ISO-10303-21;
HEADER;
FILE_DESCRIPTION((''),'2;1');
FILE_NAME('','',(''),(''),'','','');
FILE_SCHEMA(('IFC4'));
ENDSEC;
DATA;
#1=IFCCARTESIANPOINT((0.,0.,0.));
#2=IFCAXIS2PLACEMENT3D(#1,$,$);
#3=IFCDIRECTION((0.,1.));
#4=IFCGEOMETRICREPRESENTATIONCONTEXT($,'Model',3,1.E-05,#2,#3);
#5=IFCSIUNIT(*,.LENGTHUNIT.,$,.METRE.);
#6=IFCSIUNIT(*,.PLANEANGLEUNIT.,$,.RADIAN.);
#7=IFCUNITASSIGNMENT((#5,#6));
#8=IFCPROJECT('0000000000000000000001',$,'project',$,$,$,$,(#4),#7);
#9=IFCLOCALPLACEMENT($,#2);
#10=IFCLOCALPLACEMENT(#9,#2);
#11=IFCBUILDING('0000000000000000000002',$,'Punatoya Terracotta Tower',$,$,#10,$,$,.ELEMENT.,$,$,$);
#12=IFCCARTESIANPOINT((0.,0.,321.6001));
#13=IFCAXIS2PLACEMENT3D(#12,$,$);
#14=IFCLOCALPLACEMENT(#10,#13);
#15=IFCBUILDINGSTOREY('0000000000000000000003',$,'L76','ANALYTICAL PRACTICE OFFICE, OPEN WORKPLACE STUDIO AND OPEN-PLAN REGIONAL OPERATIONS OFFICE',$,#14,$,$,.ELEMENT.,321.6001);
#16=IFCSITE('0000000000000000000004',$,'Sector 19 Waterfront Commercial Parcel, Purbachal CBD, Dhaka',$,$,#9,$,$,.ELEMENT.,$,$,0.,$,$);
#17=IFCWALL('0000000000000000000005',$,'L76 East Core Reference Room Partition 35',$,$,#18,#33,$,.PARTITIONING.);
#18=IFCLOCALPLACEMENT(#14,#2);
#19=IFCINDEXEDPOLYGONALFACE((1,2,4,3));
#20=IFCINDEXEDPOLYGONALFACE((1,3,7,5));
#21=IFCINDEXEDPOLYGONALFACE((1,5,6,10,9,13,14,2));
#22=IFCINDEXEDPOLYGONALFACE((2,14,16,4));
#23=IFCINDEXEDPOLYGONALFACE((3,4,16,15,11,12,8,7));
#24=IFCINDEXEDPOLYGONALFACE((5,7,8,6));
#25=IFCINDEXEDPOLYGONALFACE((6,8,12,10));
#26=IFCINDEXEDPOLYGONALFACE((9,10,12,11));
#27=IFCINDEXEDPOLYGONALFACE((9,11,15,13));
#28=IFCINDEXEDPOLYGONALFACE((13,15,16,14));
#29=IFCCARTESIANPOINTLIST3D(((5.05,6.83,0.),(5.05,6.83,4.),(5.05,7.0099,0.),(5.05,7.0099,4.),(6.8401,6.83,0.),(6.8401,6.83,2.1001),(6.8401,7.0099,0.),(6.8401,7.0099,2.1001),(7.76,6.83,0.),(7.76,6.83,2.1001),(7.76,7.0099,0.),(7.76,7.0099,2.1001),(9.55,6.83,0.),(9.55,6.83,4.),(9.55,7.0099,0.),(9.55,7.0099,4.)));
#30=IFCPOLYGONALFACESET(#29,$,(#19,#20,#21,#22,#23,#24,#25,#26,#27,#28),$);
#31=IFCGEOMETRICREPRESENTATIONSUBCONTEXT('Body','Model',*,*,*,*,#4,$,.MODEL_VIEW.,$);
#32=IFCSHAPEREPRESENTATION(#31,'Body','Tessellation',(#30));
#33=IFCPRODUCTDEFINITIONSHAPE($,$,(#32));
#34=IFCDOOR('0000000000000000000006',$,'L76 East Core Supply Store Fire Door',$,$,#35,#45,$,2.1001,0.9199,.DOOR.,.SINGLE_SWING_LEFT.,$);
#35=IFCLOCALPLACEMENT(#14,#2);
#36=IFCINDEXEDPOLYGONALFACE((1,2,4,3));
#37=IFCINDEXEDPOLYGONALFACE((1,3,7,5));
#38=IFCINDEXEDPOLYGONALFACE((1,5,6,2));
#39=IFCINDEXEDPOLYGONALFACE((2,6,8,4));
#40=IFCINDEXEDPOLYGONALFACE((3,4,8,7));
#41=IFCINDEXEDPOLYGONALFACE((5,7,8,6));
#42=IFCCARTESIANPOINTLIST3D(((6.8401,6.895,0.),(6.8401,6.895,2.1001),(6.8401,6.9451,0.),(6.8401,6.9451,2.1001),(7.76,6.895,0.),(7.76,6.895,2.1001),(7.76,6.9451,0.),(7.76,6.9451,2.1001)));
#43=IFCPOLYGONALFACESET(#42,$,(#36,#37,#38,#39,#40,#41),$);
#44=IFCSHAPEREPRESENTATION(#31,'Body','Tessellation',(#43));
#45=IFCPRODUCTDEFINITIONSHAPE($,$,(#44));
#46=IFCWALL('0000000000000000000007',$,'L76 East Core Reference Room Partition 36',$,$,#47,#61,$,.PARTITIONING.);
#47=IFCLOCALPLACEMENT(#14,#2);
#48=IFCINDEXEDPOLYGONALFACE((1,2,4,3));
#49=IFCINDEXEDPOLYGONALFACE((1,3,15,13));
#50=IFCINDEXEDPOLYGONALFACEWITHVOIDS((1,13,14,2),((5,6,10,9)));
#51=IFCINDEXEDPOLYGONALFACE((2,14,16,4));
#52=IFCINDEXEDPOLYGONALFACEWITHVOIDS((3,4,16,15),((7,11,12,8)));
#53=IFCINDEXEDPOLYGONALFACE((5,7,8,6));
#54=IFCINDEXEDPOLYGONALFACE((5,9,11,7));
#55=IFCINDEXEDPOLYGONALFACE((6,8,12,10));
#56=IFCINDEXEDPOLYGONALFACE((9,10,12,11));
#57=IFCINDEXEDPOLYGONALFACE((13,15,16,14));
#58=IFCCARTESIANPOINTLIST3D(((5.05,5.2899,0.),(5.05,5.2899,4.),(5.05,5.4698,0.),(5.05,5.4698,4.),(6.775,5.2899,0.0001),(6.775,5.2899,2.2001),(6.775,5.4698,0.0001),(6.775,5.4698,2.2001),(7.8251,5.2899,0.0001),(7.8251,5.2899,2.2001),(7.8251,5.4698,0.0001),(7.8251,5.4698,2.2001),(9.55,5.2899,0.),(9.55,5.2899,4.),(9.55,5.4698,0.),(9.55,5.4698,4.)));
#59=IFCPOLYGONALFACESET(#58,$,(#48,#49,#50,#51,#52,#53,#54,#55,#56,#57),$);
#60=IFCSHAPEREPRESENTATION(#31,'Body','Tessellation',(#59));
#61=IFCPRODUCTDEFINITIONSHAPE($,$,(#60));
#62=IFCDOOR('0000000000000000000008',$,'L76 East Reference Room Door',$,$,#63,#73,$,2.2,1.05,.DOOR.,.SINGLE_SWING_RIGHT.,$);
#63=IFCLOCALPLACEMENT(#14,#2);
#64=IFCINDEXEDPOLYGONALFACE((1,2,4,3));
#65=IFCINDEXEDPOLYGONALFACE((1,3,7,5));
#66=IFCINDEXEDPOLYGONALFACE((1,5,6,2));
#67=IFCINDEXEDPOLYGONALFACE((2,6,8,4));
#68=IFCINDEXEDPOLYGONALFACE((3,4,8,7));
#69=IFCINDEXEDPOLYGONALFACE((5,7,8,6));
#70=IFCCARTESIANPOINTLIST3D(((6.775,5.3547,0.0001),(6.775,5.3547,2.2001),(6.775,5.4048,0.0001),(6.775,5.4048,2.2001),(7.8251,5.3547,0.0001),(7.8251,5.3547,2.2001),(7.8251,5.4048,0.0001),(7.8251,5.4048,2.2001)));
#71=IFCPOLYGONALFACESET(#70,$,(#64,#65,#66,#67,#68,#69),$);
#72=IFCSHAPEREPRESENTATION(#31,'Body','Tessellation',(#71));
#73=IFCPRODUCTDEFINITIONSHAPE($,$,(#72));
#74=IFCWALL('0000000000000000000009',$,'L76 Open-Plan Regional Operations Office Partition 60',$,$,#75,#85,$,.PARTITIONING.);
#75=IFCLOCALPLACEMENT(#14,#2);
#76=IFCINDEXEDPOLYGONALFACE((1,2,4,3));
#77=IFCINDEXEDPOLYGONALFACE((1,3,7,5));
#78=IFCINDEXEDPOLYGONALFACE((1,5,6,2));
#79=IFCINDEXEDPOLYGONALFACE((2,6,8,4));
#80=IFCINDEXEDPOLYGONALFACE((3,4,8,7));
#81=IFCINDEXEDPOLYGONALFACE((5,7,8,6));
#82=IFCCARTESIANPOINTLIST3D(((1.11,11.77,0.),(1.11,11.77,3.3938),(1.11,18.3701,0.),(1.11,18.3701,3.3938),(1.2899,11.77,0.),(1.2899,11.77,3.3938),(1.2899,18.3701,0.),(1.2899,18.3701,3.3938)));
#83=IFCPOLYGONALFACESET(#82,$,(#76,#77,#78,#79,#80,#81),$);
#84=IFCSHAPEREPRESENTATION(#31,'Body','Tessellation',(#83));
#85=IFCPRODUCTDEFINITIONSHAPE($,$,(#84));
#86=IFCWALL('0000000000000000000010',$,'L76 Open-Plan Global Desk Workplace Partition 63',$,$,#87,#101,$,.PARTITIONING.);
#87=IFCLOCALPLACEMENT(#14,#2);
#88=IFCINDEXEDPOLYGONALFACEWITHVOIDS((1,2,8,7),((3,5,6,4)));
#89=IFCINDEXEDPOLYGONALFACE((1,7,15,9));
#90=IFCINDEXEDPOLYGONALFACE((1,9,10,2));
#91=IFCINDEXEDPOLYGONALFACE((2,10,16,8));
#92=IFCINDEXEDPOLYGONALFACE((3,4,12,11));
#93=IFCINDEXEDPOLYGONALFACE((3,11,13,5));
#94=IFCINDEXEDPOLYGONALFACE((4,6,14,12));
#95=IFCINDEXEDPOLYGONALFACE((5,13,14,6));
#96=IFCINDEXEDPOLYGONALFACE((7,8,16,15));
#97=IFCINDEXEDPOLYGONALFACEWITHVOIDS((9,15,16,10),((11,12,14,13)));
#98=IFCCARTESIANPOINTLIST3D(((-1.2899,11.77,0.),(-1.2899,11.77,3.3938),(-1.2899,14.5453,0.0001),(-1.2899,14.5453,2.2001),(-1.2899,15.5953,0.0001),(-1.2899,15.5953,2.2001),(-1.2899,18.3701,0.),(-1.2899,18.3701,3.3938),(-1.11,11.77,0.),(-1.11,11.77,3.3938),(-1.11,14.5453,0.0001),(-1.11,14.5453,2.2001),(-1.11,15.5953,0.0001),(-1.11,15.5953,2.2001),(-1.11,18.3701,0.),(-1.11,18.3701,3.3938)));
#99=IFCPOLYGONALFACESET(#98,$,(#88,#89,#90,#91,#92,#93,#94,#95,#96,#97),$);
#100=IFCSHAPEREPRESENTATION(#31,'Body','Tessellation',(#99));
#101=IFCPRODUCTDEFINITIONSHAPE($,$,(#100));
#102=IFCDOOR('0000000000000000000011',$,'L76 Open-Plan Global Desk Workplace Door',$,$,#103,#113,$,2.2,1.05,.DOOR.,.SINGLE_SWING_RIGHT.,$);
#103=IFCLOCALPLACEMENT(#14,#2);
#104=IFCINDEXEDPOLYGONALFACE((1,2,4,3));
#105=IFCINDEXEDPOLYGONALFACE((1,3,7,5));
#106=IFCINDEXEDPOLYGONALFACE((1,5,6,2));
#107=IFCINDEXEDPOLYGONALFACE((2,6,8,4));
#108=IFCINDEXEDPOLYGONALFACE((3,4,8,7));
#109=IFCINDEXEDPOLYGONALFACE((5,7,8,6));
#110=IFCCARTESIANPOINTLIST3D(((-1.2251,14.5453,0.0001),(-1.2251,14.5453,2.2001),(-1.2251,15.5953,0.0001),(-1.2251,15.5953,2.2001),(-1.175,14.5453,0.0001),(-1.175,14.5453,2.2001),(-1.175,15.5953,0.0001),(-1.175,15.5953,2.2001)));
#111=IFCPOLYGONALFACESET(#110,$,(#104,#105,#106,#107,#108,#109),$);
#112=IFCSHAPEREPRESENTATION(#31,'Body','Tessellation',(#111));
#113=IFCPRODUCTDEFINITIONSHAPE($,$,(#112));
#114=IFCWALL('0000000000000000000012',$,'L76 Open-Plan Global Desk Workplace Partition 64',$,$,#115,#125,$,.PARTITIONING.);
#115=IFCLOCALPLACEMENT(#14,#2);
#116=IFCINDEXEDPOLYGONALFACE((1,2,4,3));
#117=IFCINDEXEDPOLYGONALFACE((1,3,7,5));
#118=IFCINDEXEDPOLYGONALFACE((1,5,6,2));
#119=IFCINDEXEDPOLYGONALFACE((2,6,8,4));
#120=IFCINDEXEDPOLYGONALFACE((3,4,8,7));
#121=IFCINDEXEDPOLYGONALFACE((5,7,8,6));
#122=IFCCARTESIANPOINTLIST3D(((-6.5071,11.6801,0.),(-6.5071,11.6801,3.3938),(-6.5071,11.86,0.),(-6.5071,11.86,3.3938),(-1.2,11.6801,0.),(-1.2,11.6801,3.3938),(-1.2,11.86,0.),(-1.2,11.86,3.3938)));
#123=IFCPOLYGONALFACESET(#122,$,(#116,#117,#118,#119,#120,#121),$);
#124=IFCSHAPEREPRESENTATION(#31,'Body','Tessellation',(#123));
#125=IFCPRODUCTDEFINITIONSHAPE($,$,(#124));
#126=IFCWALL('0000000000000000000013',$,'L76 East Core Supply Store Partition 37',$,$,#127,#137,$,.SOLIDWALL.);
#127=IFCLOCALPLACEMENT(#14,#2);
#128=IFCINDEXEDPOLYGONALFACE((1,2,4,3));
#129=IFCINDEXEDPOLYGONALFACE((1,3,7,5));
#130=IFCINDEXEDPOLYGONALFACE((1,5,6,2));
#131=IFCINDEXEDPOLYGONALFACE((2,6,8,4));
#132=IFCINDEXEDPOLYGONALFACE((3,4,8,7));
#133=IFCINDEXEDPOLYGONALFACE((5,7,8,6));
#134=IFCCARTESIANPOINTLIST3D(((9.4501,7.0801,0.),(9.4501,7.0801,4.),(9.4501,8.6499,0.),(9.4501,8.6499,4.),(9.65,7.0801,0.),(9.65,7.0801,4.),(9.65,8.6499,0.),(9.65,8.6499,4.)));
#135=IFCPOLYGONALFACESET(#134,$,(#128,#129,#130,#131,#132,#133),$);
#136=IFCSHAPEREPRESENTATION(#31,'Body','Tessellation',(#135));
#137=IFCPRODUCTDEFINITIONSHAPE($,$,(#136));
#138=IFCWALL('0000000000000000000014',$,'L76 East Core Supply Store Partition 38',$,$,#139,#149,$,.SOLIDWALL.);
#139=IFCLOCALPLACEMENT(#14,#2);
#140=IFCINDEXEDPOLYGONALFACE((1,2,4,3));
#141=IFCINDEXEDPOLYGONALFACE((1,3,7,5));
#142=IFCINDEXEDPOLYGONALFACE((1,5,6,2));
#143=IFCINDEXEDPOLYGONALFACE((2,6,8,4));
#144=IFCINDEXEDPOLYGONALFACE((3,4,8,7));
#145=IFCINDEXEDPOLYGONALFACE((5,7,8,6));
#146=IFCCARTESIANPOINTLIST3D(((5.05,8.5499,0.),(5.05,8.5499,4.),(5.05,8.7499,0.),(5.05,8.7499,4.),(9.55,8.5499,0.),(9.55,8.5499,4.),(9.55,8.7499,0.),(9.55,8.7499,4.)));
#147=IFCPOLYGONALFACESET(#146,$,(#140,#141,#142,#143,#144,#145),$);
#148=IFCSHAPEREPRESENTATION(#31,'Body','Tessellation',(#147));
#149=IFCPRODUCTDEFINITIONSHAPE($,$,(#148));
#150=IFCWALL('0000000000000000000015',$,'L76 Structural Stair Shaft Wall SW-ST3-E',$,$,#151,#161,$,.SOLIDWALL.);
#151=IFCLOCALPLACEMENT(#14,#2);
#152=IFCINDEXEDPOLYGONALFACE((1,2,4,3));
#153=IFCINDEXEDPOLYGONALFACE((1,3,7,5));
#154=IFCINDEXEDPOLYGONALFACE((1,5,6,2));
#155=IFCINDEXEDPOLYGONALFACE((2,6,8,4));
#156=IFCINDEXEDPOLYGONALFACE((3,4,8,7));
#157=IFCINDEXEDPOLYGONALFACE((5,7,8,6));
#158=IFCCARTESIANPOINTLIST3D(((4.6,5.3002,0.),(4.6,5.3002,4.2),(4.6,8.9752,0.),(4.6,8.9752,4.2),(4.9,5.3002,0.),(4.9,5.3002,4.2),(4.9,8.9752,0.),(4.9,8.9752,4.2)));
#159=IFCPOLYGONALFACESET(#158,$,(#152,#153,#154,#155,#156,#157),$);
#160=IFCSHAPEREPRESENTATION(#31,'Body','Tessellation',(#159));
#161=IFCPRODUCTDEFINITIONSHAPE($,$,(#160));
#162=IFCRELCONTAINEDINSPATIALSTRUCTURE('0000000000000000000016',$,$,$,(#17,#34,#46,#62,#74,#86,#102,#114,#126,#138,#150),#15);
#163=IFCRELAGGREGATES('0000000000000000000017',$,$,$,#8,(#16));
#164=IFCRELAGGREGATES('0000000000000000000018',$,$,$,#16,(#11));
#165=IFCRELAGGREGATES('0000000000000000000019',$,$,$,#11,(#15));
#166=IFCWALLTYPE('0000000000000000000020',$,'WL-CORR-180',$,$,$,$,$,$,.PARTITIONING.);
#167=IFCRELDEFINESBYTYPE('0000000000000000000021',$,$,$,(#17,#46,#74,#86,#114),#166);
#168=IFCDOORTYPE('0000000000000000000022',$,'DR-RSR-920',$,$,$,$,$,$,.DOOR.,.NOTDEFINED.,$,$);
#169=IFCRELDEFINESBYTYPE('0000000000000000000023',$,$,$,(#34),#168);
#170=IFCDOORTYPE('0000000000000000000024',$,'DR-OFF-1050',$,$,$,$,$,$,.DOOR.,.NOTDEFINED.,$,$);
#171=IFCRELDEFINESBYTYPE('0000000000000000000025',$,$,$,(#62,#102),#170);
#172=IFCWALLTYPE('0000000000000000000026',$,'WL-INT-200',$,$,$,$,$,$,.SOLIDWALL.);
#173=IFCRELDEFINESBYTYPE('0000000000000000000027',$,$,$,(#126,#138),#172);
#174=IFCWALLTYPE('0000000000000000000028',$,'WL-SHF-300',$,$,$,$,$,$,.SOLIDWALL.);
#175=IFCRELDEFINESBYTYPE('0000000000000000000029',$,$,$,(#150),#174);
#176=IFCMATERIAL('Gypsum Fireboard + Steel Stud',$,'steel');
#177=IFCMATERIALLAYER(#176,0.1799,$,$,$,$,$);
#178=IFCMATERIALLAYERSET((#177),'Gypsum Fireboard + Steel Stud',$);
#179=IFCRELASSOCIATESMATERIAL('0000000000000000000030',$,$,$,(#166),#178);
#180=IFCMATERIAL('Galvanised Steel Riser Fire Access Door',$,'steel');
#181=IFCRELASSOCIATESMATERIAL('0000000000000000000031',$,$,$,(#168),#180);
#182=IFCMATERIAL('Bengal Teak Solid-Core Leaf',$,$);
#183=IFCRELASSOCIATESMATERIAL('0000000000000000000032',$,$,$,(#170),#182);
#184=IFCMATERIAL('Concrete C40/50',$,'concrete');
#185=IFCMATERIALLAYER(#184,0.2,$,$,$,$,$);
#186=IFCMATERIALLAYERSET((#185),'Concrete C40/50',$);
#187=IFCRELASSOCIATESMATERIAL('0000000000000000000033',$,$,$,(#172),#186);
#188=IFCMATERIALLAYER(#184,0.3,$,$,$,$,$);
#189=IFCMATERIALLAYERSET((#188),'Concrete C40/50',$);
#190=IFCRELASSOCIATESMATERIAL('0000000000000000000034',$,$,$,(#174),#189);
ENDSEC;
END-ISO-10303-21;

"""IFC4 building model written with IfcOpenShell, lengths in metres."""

from ifc_helpers import new_model, si_unit, direction, frame, frame_2d, origin, place, context, subcontext, project, spatial, rectangle, extrude, material, layer, layer_set, type_object, element, fill, save


model = new_model("IFC4")

# Units and contexts
model_context = context("Model", 3, precision=1e-05, world=origin(), true_north=direction((0.0, 1.0)))
body_context = subcontext(model_context, "Body", "Model", "MODEL_VIEW")
ifc_project = project(units=[si_unit("LENGTHUNIT", "METRE"), si_unit("PLANEANGLEUNIT", "RADIAN")], contexts=[model_context])

# Site, building, storey
site_placement = place(None, origin())
site = spatial("IfcSite", under=ifc_project, at=site_placement, Name="Sector 19 Waterfront Commercial Parcel, Purbachal CBD, Dhaka", CompositionType="ELEMENT", RefElevation=0.0)
building_placement = place(site_placement, origin())
building = spatial("IfcBuilding", under=site, at=building_placement, Name="Punatoya Terracotta Tower", CompositionType="ELEMENT")
storey_placement = place(building_placement, frame((0.0, 0.0, 321.6001)))
storey = spatial("IfcBuildingStorey", under=building, at=storey_placement, Name="L76", Description="ANALYTICAL PRACTICE OFFICE, OPEN WORKPLACE STUDIO AND OPEN-PLAN REGIONAL OPERATIONS OFFICE", CompositionType="ELEMENT", Elevation=321.6001)

# Shared definitions
ifc_material_1 = material(Name="Gypsum Fireboard + Steel Stud", Category="steel")
ifc_layer_1 = layer(ifc_material_1, 0.1799)
ifc_layer_set_1 = layer_set([ifc_layer_1], Name="Gypsum Fireboard + Steel Stud")
wall_type_1 = type_object("IfcWallType", Name="WL-CORR-180", PredefinedType="PARTITIONING", material=ifc_layer_set_1)

# Walls, openings, doors
wall_1_placement = place(storey_placement, frame((9.55, 6.9199, 0.0), z_axis=(0.0, 0.0, 1.0), x_axis=(-1.0, 0.0, 0.0)))
wall_1 = element("IfcWall", 1, at=wall_1_placement, inside=storey, type_object=wall_type_1, Name="L76 East Core Reference Room Partition 35", PredefinedType="PARTITIONING", context=body_context, shape_type="SweptSolid", body=[
    extrude(rectangle(XDim=4.5, YDim=0.1799, at=frame_2d((2.25, 0.0))), origin(), (0.0, 0.0, 1.0), 4.0),
])
opening_1_placement = place(wall_1_placement, frame((1.79, 0.0, 0.0)))
opening_1 = element("IfcOpeningElement", 2, at=opening_1_placement, cuts=wall_1, PredefinedType="OPENING", context=body_context, shape_type="SweptSolid", body=[
    extrude(rectangle(XDim=0.9199, YDim=2.1001, at=frame_2d((0.46, 1.05))), frame((0.0, 0.0999, 0.0), z_axis=(0.0, -1.0, 0.0), x_axis=(1.0, 0.0, 0.0)), (0.0, 0.0, 1.0), 0.2),
])
ifc_material_2 = material(Name="Galvanised Steel Riser Fire Access Door", Category="steel")
door_type_1 = type_object("IfcDoorType", Name="DR-RSR-920", OperationType="NOTDEFINED", PredefinedType="DOOR", material=ifc_material_2)
door_1_placement = place(opening_1_placement, origin())
door_1 = element("IfcDoor", 3, at=door_1_placement, inside=storey, type_object=door_type_1, Name="L76 East Core Supply Store Fire Door", OperationType="SINGLE_SWING_LEFT", OverallHeight=2.1001, OverallWidth=0.9199, PredefinedType="DOOR", context=body_context, shape_type="SweptSolid", body=[
    extrude(rectangle(XDim=0.9199, YDim=2.1001, at=frame_2d((0.46, 1.05))), frame((0.0, 0.0249, 0.0), z_axis=(0.0, -1.0, 0.0), x_axis=(1.0, 0.0, 0.0)), (0.0, 0.0, 1.0), 0.05),
])
fill(opening_1, door_1)
wall_2_placement = place(storey_placement, frame((5.05, 5.3799, 0.0), z_axis=(0.0, 0.0, 1.0), x_axis=(1.0, 0.0, 0.0)))
wall_2 = element("IfcWall", 4, at=wall_2_placement, inside=storey, type_object=wall_type_1, Name="L76 East Core Reference Room Partition 36", PredefinedType="PARTITIONING", context=body_context, shape_type="SweptSolid", body=[
    extrude(rectangle(XDim=4.5, YDim=0.1799, at=frame_2d((2.25, 0.0))), origin(), (0.0, 0.0, 1.0), 4.0),
])
opening_2_placement = place(wall_2_placement, frame((1.7251, 0.0, 0.0)))
opening_2 = element("IfcOpeningElement", 5, at=opening_2_placement, cuts=wall_2, PredefinedType="OPENING", context=body_context, shape_type="SweptSolid", body=[
    extrude(rectangle(XDim=1.05, YDim=2.2, at=frame_2d((0.5249, 1.1001))), frame((0.0, 0.0999, 0.0), z_axis=(0.0, -1.0, 0.0), x_axis=(1.0, 0.0, 0.0)), (0.0, 0.0, 1.0), 0.2),
])
ifc_material_3 = material(Name="Bengal Teak Solid-Core Leaf")
door_type_2 = type_object("IfcDoorType", Name="DR-OFF-1050", OperationType="NOTDEFINED", PredefinedType="DOOR", material=ifc_material_3)
door_2_placement = place(opening_2_placement, origin())
door_2 = element("IfcDoor", 6, at=door_2_placement, inside=storey, type_object=door_type_2, Name="L76 East Reference Room Door", OperationType="SINGLE_SWING_RIGHT", OverallHeight=2.2, OverallWidth=1.05, PredefinedType="DOOR", context=body_context, shape_type="SweptSolid", body=[
    extrude(rectangle(XDim=1.05, YDim=2.2, at=frame_2d((0.5249, 1.1001))), frame((0.0, 0.0249, 0.0), z_axis=(0.0, -1.0, 0.0), x_axis=(1.0, 0.0, 0.0)), (0.0, 0.0, 1.0), 0.05),
])
fill(opening_2, door_2)

# Wall
wall_3_placement = place(storey_placement, frame((1.2, 11.77, 0.0), z_axis=(0.0, 0.0, 1.0), x_axis=(0.0, 1.0, 0.0)))
element("IfcWall", 7, at=wall_3_placement, inside=storey, type_object=wall_type_1, Name="L76 Open-Plan Regional Operations Office Partition 60", PredefinedType="PARTITIONING", context=body_context, shape_type="SweptSolid", body=[
    extrude(rectangle(XDim=6.6001, YDim=0.1799, at=frame_2d((3.3, 0.0))), origin(), (0.0, 0.0, 1.0), 3.3938),
])

# Wall, opening, door
wall_4_placement = place(storey_placement, frame((-1.2, 18.3701, 0.0), z_axis=(0.0, 0.0, 1.0), x_axis=(0.0, -1.0, 0.0)))
wall_4 = element("IfcWall", 8, at=wall_4_placement, inside=storey, type_object=wall_type_1, Name="L76 Open-Plan Global Desk Workplace Partition 63", PredefinedType="PARTITIONING", context=body_context, shape_type="SweptSolid", body=[
    extrude(rectangle(XDim=6.6001, YDim=0.1799, at=frame_2d((3.3, 0.0))), origin(), (0.0, 0.0, 1.0), 3.3938),
])
opening_3_placement = place(wall_4_placement, frame((2.7749, 0.0, 0.0)))
opening_3 = element("IfcOpeningElement", 9, at=opening_3_placement, cuts=wall_4, PredefinedType="OPENING", context=body_context, shape_type="SweptSolid", body=[
    extrude(rectangle(XDim=1.05, YDim=2.2, at=frame_2d((0.5249, 1.1001))), frame((0.0, 0.0999, 0.0), z_axis=(0.0, -1.0, 0.0), x_axis=(1.0, 0.0, 0.0)), (0.0, 0.0, 1.0), 0.2),
])
door_3_placement = place(opening_3_placement, origin())
door_3 = element("IfcDoor", 10, at=door_3_placement, inside=storey, type_object=door_type_2, Name="L76 Open-Plan Global Desk Workplace Door", OperationType="SINGLE_SWING_RIGHT", OverallHeight=2.2, OverallWidth=1.05, PredefinedType="DOOR", context=body_context, shape_type="SweptSolid", body=[
    extrude(rectangle(XDim=1.05, YDim=2.2, at=frame_2d((0.5249, 1.1001))), frame((0.0, 0.0249, 0.0), z_axis=(0.0, -1.0, 0.0), x_axis=(1.0, 0.0, 0.0)), (0.0, 0.0, 1.0), 0.05),
])
fill(opening_3, door_3)

# Walls
wall_5_placement = place(storey_placement, frame((-1.2, 11.77, 0.0), z_axis=(0.0, 0.0, 1.0), x_axis=(-1.0, 0.0, 0.0)))
element("IfcWall", 11, at=wall_5_placement, inside=storey, type_object=wall_type_1, Name="L76 Open-Plan Global Desk Workplace Partition 64", PredefinedType="PARTITIONING", context=body_context, shape_type="SweptSolid", body=[
    extrude(rectangle(XDim=5.3071, YDim=0.1799, at=frame_2d((2.6536, 0.0))), origin(), (0.0, 0.0, 1.0), 3.3938),
])
ifc_material_4 = material(Name="Concrete C40/50", Category="concrete")
ifc_layer_2 = layer(ifc_material_4, 0.2)
ifc_layer_set_2 = layer_set([ifc_layer_2], Name="Concrete C40/50")
wall_type_2 = type_object("IfcWallType", Name="WL-INT-200", PredefinedType="SOLIDWALL", material=ifc_layer_set_2)
wall_6_placement = place(storey_placement, frame((9.55, 7.0801, 0.0), z_axis=(0.0, 0.0, 1.0), x_axis=(0.0, 1.0, 0.0)))
element("IfcWall", 12, at=wall_6_placement, inside=storey, type_object=wall_type_2, Name="L76 East Core Supply Store Partition 37", PredefinedType="SOLIDWALL", context=body_context, shape_type="SweptSolid", body=[
    extrude(rectangle(XDim=1.5698, YDim=0.2, at=frame_2d((0.7849, 0.0))), origin(), (0.0, 0.0, 1.0), 4.0),
])
wall_7_placement = place(storey_placement, frame((9.55, 8.6499, 0.0), z_axis=(0.0, 0.0, 1.0), x_axis=(-1.0, 0.0, 0.0)))
element("IfcWall", 13, at=wall_7_placement, inside=storey, type_object=wall_type_2, Name="L76 East Core Supply Store Partition 38", PredefinedType="SOLIDWALL", context=body_context, shape_type="SweptSolid", body=[
    extrude(rectangle(XDim=4.5, YDim=0.2, at=frame_2d((2.25, 0.0))), origin(), (0.0, 0.0, 1.0), 4.0),
])
ifc_layer_3 = layer(ifc_material_4, 0.3)
ifc_layer_set_3 = layer_set([ifc_layer_3], Name="Concrete C40/50")
wall_type_3 = type_object("IfcWallType", Name="WL-SHF-300", PredefinedType="SOLIDWALL", material=ifc_layer_set_3)
wall_8_placement = place(storey_placement, frame((4.75, 8.9751, 0.0), z_axis=(0.0, 0.0, 1.0), x_axis=(0.0, -1.0, 0.0)))
element("IfcWall", 14, at=wall_8_placement, inside=storey, type_object=wall_type_3, Name="L76 Structural Stair Shaft Wall SW-ST3-E", PredefinedType="SOLIDWALL", context=body_context, shape_type="SweptSolid", body=[
    extrude(rectangle(XDim=3.675, YDim=0.3, at=frame_2d((1.8374, 0.0))), origin(), (0.0, 0.0, 1.0), 4.2),
])

save(model, "model.ifc")
